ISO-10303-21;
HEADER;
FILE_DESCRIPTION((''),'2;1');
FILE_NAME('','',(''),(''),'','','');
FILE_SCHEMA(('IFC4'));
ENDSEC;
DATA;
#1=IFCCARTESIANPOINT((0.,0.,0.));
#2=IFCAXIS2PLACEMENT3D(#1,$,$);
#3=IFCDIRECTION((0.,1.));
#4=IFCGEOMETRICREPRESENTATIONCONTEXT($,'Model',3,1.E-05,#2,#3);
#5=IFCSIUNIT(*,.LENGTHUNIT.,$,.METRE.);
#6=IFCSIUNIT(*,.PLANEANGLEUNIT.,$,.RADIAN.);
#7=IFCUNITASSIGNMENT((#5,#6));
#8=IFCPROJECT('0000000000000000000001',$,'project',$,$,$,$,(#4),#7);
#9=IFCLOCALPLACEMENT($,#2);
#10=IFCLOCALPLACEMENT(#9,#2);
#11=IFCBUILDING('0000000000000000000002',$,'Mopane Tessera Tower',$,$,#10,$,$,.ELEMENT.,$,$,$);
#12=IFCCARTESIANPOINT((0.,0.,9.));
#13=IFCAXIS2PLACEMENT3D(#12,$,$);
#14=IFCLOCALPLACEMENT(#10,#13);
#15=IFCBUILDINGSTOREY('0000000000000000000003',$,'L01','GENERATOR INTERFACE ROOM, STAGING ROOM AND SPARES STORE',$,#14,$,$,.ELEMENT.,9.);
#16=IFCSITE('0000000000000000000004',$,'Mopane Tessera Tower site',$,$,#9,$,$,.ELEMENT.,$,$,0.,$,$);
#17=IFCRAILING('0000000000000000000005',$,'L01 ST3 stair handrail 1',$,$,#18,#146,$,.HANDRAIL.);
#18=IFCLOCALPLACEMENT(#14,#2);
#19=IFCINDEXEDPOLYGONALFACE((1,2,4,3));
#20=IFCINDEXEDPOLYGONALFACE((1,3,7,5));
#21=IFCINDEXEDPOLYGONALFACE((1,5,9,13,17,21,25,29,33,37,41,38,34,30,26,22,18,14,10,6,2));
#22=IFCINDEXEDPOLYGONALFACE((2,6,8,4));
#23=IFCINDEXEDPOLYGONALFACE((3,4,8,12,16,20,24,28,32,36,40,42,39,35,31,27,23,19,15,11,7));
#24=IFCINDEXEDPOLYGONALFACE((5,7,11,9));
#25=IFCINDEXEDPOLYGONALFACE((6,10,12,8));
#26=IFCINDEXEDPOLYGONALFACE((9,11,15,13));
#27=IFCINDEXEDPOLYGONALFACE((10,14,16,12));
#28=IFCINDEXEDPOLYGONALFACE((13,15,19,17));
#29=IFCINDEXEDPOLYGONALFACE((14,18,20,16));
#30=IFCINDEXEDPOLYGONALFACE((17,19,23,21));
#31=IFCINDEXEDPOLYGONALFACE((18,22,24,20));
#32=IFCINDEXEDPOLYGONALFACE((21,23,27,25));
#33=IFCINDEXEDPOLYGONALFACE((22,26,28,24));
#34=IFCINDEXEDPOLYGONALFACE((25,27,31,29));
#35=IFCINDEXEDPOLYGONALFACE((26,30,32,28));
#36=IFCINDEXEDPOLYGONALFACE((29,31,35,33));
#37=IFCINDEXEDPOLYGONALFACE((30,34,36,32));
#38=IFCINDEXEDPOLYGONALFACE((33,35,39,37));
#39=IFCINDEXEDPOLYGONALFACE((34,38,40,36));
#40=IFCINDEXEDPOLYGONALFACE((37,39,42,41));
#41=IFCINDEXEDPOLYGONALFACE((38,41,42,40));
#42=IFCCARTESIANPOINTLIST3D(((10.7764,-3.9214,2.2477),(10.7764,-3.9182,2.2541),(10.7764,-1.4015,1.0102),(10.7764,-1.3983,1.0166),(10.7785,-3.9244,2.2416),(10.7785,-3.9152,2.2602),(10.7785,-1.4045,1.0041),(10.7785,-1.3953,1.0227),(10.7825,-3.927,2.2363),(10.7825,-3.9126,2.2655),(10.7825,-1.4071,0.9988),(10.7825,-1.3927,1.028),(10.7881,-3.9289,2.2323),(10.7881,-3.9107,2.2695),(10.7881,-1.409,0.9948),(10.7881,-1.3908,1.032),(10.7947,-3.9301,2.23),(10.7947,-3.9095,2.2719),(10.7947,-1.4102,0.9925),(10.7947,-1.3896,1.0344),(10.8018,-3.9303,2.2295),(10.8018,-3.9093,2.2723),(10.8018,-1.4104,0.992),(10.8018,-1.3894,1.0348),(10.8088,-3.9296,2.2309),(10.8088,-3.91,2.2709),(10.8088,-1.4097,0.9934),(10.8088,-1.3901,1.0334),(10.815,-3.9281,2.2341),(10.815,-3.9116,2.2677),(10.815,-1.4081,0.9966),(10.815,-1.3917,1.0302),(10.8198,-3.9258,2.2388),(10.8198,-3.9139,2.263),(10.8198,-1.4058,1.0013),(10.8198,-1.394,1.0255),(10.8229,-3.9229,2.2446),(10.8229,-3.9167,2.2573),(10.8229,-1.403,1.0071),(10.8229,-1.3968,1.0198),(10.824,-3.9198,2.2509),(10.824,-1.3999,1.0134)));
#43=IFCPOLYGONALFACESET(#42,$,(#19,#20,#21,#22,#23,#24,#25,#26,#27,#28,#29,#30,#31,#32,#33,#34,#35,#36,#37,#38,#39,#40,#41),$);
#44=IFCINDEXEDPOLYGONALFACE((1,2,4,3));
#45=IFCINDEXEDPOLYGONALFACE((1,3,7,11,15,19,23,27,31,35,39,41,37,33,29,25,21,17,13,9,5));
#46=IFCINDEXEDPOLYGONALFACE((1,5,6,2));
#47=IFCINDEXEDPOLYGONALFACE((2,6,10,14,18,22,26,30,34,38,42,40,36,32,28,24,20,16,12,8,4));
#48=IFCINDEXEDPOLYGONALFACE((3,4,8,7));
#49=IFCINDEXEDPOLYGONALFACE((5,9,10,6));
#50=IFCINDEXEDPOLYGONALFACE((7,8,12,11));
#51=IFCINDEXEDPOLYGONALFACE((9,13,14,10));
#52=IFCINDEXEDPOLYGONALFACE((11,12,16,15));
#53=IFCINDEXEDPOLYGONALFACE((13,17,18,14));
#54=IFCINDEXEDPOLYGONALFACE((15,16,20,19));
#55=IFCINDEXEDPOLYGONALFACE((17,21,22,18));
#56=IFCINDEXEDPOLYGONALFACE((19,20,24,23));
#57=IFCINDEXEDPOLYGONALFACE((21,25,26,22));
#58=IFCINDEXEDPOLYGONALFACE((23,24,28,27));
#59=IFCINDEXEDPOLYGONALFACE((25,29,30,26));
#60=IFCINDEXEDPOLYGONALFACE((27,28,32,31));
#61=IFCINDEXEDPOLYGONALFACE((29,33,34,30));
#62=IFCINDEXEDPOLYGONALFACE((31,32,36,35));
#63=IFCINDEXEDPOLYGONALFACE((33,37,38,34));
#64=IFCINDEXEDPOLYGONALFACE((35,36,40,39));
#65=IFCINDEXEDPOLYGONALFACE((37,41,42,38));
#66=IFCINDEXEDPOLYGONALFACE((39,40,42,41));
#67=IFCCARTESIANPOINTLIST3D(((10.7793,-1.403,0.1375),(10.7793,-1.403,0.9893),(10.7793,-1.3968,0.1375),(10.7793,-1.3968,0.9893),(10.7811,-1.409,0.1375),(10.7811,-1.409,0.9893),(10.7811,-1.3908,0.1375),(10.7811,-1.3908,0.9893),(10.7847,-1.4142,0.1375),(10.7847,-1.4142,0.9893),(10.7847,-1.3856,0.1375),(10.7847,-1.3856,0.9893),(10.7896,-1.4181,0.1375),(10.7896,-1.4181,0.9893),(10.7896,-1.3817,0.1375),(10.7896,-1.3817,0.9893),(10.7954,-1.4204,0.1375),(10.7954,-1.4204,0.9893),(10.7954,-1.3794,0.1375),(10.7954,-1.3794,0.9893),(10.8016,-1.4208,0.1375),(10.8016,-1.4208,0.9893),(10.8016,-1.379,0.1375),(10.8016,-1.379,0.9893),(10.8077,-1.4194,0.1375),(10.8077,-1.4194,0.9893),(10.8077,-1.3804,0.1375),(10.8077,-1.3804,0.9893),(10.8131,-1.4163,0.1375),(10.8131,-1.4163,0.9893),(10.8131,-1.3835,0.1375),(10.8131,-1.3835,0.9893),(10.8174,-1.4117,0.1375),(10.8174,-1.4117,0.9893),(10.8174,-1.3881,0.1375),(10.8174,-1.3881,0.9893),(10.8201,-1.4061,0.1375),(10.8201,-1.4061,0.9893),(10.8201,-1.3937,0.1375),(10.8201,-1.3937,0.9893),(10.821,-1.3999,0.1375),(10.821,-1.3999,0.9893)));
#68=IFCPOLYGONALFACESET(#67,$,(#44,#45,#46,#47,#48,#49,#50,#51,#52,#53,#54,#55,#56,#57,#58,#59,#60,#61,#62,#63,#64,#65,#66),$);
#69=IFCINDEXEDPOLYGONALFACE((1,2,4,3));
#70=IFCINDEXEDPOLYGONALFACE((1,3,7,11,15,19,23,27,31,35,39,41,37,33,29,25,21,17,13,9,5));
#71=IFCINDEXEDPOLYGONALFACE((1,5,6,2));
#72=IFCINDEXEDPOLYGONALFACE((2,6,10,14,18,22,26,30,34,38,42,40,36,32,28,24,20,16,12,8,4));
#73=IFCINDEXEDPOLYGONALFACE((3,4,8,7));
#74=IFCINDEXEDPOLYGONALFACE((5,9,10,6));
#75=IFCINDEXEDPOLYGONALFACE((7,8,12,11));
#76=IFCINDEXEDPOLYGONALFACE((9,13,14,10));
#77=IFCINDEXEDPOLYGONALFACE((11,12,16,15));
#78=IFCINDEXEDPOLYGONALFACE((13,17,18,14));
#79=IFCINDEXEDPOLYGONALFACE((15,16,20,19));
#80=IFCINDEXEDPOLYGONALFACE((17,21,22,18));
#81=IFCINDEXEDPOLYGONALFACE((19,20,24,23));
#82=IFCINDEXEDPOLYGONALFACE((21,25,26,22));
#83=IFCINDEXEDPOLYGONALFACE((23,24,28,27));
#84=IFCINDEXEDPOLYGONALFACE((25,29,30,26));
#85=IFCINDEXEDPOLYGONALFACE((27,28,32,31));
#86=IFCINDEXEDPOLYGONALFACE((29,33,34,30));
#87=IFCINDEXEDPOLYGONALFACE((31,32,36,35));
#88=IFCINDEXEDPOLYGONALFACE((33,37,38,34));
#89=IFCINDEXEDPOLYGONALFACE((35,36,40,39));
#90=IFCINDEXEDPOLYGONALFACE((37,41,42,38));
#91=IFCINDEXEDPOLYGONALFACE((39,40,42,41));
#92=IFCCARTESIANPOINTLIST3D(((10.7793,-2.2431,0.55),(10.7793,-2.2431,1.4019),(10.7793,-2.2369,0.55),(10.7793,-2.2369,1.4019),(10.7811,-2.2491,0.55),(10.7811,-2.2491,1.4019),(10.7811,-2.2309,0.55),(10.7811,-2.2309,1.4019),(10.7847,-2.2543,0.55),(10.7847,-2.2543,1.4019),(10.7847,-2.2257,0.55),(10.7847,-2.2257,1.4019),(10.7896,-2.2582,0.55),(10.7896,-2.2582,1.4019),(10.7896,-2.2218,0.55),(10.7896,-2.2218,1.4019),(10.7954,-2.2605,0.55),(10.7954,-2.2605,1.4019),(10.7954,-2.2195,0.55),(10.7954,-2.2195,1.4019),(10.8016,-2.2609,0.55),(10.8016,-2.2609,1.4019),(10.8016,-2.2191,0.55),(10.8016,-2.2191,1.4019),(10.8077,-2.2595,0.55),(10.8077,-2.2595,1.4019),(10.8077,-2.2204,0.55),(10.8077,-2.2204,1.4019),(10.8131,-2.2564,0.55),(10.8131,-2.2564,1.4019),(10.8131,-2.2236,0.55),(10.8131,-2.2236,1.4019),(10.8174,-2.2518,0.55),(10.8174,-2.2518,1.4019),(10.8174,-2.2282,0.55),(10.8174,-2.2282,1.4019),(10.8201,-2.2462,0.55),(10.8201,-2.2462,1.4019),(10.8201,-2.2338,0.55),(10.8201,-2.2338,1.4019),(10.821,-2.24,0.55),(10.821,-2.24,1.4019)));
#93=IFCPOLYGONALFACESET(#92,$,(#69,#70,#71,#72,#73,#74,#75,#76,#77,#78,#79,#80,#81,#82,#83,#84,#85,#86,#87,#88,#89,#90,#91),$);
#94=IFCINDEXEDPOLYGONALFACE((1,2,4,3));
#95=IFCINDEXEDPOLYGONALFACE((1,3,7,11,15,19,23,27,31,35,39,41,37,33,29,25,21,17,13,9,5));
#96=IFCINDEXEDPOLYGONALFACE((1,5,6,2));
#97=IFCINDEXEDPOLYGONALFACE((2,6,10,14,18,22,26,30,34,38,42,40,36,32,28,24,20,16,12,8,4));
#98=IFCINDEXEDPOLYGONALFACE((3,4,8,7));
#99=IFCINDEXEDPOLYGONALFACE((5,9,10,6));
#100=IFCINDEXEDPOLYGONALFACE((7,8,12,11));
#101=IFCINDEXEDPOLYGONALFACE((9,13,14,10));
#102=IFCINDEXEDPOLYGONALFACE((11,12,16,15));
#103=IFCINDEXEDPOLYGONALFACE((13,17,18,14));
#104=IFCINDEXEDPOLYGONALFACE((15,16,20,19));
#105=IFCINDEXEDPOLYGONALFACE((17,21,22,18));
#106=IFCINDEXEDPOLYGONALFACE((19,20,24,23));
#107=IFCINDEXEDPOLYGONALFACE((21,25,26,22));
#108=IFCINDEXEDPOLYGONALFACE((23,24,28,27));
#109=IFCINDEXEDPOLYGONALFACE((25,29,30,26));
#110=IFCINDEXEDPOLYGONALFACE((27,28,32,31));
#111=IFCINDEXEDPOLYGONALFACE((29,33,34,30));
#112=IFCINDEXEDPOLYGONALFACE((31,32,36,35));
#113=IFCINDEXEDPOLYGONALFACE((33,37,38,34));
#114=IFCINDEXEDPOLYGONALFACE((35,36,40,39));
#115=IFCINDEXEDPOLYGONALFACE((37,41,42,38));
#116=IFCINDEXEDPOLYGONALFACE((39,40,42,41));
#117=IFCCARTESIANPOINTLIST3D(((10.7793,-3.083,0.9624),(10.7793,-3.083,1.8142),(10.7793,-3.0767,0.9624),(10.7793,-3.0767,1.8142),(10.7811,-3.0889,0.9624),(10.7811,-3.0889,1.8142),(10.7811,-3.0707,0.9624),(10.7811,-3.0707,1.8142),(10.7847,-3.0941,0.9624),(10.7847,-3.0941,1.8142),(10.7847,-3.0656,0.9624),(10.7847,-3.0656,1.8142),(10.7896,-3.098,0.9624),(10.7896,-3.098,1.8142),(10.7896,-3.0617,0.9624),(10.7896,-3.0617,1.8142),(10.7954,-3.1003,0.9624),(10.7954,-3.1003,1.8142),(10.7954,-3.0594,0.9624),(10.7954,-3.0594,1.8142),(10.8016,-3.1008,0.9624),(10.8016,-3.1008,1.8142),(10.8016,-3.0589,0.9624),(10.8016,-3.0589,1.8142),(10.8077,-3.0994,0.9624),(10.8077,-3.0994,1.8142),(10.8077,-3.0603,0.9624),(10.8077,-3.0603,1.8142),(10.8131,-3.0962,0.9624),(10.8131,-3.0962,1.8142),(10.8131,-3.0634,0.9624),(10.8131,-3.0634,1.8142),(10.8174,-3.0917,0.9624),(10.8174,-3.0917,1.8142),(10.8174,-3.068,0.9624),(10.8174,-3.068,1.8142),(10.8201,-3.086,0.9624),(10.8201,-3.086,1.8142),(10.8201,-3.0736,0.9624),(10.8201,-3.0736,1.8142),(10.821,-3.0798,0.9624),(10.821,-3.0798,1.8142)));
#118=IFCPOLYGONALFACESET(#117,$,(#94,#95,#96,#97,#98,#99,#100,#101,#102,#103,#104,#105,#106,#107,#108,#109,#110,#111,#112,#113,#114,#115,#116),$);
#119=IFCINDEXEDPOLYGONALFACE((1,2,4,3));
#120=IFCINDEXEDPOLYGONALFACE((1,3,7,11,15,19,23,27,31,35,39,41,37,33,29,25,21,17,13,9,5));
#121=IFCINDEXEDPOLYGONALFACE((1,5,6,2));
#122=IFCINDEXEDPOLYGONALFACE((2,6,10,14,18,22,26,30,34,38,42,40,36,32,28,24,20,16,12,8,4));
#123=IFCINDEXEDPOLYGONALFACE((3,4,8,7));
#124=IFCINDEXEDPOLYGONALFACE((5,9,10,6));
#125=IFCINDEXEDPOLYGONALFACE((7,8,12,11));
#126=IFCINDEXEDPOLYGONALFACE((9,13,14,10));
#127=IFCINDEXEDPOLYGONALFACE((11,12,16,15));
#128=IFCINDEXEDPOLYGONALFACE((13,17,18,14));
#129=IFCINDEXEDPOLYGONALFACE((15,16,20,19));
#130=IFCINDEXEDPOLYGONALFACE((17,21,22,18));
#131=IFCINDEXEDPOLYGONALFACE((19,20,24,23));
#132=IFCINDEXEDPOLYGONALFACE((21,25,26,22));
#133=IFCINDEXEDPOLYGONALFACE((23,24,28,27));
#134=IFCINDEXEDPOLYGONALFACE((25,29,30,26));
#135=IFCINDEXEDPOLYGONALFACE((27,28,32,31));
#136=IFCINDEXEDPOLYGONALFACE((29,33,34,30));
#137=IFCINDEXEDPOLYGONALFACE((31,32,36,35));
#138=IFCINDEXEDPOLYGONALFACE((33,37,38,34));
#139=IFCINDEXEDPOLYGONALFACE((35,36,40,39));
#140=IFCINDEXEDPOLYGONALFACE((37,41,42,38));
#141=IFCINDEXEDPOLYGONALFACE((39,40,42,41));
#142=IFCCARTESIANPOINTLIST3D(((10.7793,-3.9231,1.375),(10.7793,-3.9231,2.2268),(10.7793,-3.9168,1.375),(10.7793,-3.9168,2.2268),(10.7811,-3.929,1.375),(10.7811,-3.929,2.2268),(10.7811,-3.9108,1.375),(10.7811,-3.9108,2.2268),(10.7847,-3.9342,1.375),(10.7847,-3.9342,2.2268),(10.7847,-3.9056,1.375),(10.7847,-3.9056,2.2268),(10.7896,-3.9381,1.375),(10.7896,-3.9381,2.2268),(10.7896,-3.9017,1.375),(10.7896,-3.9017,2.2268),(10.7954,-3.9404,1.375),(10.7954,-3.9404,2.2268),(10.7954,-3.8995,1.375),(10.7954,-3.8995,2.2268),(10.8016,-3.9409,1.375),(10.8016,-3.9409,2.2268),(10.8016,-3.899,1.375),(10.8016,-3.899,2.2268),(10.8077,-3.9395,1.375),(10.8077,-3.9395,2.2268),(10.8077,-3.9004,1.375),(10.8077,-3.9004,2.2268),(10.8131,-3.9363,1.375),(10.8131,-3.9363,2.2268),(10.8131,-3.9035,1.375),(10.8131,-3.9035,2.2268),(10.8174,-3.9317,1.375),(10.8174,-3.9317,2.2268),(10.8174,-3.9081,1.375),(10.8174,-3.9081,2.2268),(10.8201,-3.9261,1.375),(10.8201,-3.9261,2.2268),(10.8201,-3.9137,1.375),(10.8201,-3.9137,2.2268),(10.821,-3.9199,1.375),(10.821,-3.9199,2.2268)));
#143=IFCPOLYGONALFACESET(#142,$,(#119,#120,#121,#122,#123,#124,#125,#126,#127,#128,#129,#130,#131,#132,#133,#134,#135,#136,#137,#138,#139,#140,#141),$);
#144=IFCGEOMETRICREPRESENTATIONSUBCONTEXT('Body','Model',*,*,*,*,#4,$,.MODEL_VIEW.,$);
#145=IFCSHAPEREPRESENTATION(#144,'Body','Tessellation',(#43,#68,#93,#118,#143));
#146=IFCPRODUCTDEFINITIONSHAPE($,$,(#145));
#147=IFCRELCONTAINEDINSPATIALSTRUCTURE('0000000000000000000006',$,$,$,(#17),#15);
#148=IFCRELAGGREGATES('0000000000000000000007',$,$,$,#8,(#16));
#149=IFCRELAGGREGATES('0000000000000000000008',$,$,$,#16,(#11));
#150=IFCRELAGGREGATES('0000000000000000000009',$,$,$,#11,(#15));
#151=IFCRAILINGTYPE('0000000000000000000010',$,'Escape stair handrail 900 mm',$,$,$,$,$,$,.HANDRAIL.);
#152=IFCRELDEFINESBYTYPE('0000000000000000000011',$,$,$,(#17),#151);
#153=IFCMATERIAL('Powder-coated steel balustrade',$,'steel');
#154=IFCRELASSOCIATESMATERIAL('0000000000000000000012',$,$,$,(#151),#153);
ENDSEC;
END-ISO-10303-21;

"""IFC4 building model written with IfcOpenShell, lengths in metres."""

from ifc_helpers import new_model, si_unit, direction, frame, origin, origin_2d, place, context, subcontext, project, spatial, circle, extrude, material, type_object, element, save


model = new_model("IFC4")

# Units and contexts
model_context = context("Model", 3, precision=1e-05, world=origin(), true_north=direction((0.0, 1.0)))
body_context = subcontext(model_context, "Body", "Model", "MODEL_VIEW")
ifc_project = project(units=[si_unit("LENGTHUNIT", "METRE"), si_unit("PLANEANGLEUNIT", "RADIAN")], contexts=[model_context])

# Site, building, storey
site_placement = place(None, origin())
site = spatial("IfcSite", under=ifc_project, at=site_placement, Name="Mopane Tessera Tower site", CompositionType="ELEMENT", RefElevation=0.0)
building_placement = place(site_placement, origin())
building = spatial("IfcBuilding", under=site, at=building_placement, Name="Mopane Tessera Tower", CompositionType="ELEMENT")
storey_placement = place(building_placement, frame((0.0, 0.0, 9.0)))
storey = spatial("IfcBuildingStorey", under=building, at=storey_placement, Name="L01", Description="GENERATOR INTERFACE ROOM, STAGING ROOM AND SPARES STORE", CompositionType="ELEMENT", Elevation=9.0)

# Railing
ifc_material_1 = material(Name="Powder-coated steel balustrade", Category="steel")
railing_type_1 = type_object("IfcRailingType", Name="Escape stair handrail 900 mm", PredefinedType="HANDRAIL", material=ifc_material_1)
railing_1_placement = place(storey_placement, frame((10.8, -1.3999, 0.1375)))
element("IfcRailing", 1, at=railing_1_placement, inside=storey, type_object=railing_type_1, Name="L01 ST3 stair handrail 1", PredefinedType="HANDRAIL", context=body_context, shape_type="SweptSolid", body=[
    extrude(circle(Radius=0.0239, at=origin_2d()), frame((0.0, 0.0, 0.876), z_axis=(0.0, -0.897604, 0.440802), x_axis=(1.0, 0.0, 0.0)), (0.0, 0.0, 1.0), 2.8074),
    extrude(circle(Radius=0.021, at=origin_2d()), origin(), (0.0, 0.0, 1.0), 0.8518),
    extrude(circle(Radius=0.021, at=origin_2d()), frame((0.0, -0.8401, 0.4126)), (0.0, 0.0, 1.0), 0.8518),
    extrude(circle(Radius=0.021, at=origin_2d()), frame((0.0, -1.6799, 0.825)), (0.0, 0.0, 1.0), 0.8518),
    extrude(circle(Radius=0.021, at=origin_2d()), frame((0.0, -2.52, 1.2375)), (0.0, 0.0, 1.0), 0.8518),
])

save(model, "model.ifc")
